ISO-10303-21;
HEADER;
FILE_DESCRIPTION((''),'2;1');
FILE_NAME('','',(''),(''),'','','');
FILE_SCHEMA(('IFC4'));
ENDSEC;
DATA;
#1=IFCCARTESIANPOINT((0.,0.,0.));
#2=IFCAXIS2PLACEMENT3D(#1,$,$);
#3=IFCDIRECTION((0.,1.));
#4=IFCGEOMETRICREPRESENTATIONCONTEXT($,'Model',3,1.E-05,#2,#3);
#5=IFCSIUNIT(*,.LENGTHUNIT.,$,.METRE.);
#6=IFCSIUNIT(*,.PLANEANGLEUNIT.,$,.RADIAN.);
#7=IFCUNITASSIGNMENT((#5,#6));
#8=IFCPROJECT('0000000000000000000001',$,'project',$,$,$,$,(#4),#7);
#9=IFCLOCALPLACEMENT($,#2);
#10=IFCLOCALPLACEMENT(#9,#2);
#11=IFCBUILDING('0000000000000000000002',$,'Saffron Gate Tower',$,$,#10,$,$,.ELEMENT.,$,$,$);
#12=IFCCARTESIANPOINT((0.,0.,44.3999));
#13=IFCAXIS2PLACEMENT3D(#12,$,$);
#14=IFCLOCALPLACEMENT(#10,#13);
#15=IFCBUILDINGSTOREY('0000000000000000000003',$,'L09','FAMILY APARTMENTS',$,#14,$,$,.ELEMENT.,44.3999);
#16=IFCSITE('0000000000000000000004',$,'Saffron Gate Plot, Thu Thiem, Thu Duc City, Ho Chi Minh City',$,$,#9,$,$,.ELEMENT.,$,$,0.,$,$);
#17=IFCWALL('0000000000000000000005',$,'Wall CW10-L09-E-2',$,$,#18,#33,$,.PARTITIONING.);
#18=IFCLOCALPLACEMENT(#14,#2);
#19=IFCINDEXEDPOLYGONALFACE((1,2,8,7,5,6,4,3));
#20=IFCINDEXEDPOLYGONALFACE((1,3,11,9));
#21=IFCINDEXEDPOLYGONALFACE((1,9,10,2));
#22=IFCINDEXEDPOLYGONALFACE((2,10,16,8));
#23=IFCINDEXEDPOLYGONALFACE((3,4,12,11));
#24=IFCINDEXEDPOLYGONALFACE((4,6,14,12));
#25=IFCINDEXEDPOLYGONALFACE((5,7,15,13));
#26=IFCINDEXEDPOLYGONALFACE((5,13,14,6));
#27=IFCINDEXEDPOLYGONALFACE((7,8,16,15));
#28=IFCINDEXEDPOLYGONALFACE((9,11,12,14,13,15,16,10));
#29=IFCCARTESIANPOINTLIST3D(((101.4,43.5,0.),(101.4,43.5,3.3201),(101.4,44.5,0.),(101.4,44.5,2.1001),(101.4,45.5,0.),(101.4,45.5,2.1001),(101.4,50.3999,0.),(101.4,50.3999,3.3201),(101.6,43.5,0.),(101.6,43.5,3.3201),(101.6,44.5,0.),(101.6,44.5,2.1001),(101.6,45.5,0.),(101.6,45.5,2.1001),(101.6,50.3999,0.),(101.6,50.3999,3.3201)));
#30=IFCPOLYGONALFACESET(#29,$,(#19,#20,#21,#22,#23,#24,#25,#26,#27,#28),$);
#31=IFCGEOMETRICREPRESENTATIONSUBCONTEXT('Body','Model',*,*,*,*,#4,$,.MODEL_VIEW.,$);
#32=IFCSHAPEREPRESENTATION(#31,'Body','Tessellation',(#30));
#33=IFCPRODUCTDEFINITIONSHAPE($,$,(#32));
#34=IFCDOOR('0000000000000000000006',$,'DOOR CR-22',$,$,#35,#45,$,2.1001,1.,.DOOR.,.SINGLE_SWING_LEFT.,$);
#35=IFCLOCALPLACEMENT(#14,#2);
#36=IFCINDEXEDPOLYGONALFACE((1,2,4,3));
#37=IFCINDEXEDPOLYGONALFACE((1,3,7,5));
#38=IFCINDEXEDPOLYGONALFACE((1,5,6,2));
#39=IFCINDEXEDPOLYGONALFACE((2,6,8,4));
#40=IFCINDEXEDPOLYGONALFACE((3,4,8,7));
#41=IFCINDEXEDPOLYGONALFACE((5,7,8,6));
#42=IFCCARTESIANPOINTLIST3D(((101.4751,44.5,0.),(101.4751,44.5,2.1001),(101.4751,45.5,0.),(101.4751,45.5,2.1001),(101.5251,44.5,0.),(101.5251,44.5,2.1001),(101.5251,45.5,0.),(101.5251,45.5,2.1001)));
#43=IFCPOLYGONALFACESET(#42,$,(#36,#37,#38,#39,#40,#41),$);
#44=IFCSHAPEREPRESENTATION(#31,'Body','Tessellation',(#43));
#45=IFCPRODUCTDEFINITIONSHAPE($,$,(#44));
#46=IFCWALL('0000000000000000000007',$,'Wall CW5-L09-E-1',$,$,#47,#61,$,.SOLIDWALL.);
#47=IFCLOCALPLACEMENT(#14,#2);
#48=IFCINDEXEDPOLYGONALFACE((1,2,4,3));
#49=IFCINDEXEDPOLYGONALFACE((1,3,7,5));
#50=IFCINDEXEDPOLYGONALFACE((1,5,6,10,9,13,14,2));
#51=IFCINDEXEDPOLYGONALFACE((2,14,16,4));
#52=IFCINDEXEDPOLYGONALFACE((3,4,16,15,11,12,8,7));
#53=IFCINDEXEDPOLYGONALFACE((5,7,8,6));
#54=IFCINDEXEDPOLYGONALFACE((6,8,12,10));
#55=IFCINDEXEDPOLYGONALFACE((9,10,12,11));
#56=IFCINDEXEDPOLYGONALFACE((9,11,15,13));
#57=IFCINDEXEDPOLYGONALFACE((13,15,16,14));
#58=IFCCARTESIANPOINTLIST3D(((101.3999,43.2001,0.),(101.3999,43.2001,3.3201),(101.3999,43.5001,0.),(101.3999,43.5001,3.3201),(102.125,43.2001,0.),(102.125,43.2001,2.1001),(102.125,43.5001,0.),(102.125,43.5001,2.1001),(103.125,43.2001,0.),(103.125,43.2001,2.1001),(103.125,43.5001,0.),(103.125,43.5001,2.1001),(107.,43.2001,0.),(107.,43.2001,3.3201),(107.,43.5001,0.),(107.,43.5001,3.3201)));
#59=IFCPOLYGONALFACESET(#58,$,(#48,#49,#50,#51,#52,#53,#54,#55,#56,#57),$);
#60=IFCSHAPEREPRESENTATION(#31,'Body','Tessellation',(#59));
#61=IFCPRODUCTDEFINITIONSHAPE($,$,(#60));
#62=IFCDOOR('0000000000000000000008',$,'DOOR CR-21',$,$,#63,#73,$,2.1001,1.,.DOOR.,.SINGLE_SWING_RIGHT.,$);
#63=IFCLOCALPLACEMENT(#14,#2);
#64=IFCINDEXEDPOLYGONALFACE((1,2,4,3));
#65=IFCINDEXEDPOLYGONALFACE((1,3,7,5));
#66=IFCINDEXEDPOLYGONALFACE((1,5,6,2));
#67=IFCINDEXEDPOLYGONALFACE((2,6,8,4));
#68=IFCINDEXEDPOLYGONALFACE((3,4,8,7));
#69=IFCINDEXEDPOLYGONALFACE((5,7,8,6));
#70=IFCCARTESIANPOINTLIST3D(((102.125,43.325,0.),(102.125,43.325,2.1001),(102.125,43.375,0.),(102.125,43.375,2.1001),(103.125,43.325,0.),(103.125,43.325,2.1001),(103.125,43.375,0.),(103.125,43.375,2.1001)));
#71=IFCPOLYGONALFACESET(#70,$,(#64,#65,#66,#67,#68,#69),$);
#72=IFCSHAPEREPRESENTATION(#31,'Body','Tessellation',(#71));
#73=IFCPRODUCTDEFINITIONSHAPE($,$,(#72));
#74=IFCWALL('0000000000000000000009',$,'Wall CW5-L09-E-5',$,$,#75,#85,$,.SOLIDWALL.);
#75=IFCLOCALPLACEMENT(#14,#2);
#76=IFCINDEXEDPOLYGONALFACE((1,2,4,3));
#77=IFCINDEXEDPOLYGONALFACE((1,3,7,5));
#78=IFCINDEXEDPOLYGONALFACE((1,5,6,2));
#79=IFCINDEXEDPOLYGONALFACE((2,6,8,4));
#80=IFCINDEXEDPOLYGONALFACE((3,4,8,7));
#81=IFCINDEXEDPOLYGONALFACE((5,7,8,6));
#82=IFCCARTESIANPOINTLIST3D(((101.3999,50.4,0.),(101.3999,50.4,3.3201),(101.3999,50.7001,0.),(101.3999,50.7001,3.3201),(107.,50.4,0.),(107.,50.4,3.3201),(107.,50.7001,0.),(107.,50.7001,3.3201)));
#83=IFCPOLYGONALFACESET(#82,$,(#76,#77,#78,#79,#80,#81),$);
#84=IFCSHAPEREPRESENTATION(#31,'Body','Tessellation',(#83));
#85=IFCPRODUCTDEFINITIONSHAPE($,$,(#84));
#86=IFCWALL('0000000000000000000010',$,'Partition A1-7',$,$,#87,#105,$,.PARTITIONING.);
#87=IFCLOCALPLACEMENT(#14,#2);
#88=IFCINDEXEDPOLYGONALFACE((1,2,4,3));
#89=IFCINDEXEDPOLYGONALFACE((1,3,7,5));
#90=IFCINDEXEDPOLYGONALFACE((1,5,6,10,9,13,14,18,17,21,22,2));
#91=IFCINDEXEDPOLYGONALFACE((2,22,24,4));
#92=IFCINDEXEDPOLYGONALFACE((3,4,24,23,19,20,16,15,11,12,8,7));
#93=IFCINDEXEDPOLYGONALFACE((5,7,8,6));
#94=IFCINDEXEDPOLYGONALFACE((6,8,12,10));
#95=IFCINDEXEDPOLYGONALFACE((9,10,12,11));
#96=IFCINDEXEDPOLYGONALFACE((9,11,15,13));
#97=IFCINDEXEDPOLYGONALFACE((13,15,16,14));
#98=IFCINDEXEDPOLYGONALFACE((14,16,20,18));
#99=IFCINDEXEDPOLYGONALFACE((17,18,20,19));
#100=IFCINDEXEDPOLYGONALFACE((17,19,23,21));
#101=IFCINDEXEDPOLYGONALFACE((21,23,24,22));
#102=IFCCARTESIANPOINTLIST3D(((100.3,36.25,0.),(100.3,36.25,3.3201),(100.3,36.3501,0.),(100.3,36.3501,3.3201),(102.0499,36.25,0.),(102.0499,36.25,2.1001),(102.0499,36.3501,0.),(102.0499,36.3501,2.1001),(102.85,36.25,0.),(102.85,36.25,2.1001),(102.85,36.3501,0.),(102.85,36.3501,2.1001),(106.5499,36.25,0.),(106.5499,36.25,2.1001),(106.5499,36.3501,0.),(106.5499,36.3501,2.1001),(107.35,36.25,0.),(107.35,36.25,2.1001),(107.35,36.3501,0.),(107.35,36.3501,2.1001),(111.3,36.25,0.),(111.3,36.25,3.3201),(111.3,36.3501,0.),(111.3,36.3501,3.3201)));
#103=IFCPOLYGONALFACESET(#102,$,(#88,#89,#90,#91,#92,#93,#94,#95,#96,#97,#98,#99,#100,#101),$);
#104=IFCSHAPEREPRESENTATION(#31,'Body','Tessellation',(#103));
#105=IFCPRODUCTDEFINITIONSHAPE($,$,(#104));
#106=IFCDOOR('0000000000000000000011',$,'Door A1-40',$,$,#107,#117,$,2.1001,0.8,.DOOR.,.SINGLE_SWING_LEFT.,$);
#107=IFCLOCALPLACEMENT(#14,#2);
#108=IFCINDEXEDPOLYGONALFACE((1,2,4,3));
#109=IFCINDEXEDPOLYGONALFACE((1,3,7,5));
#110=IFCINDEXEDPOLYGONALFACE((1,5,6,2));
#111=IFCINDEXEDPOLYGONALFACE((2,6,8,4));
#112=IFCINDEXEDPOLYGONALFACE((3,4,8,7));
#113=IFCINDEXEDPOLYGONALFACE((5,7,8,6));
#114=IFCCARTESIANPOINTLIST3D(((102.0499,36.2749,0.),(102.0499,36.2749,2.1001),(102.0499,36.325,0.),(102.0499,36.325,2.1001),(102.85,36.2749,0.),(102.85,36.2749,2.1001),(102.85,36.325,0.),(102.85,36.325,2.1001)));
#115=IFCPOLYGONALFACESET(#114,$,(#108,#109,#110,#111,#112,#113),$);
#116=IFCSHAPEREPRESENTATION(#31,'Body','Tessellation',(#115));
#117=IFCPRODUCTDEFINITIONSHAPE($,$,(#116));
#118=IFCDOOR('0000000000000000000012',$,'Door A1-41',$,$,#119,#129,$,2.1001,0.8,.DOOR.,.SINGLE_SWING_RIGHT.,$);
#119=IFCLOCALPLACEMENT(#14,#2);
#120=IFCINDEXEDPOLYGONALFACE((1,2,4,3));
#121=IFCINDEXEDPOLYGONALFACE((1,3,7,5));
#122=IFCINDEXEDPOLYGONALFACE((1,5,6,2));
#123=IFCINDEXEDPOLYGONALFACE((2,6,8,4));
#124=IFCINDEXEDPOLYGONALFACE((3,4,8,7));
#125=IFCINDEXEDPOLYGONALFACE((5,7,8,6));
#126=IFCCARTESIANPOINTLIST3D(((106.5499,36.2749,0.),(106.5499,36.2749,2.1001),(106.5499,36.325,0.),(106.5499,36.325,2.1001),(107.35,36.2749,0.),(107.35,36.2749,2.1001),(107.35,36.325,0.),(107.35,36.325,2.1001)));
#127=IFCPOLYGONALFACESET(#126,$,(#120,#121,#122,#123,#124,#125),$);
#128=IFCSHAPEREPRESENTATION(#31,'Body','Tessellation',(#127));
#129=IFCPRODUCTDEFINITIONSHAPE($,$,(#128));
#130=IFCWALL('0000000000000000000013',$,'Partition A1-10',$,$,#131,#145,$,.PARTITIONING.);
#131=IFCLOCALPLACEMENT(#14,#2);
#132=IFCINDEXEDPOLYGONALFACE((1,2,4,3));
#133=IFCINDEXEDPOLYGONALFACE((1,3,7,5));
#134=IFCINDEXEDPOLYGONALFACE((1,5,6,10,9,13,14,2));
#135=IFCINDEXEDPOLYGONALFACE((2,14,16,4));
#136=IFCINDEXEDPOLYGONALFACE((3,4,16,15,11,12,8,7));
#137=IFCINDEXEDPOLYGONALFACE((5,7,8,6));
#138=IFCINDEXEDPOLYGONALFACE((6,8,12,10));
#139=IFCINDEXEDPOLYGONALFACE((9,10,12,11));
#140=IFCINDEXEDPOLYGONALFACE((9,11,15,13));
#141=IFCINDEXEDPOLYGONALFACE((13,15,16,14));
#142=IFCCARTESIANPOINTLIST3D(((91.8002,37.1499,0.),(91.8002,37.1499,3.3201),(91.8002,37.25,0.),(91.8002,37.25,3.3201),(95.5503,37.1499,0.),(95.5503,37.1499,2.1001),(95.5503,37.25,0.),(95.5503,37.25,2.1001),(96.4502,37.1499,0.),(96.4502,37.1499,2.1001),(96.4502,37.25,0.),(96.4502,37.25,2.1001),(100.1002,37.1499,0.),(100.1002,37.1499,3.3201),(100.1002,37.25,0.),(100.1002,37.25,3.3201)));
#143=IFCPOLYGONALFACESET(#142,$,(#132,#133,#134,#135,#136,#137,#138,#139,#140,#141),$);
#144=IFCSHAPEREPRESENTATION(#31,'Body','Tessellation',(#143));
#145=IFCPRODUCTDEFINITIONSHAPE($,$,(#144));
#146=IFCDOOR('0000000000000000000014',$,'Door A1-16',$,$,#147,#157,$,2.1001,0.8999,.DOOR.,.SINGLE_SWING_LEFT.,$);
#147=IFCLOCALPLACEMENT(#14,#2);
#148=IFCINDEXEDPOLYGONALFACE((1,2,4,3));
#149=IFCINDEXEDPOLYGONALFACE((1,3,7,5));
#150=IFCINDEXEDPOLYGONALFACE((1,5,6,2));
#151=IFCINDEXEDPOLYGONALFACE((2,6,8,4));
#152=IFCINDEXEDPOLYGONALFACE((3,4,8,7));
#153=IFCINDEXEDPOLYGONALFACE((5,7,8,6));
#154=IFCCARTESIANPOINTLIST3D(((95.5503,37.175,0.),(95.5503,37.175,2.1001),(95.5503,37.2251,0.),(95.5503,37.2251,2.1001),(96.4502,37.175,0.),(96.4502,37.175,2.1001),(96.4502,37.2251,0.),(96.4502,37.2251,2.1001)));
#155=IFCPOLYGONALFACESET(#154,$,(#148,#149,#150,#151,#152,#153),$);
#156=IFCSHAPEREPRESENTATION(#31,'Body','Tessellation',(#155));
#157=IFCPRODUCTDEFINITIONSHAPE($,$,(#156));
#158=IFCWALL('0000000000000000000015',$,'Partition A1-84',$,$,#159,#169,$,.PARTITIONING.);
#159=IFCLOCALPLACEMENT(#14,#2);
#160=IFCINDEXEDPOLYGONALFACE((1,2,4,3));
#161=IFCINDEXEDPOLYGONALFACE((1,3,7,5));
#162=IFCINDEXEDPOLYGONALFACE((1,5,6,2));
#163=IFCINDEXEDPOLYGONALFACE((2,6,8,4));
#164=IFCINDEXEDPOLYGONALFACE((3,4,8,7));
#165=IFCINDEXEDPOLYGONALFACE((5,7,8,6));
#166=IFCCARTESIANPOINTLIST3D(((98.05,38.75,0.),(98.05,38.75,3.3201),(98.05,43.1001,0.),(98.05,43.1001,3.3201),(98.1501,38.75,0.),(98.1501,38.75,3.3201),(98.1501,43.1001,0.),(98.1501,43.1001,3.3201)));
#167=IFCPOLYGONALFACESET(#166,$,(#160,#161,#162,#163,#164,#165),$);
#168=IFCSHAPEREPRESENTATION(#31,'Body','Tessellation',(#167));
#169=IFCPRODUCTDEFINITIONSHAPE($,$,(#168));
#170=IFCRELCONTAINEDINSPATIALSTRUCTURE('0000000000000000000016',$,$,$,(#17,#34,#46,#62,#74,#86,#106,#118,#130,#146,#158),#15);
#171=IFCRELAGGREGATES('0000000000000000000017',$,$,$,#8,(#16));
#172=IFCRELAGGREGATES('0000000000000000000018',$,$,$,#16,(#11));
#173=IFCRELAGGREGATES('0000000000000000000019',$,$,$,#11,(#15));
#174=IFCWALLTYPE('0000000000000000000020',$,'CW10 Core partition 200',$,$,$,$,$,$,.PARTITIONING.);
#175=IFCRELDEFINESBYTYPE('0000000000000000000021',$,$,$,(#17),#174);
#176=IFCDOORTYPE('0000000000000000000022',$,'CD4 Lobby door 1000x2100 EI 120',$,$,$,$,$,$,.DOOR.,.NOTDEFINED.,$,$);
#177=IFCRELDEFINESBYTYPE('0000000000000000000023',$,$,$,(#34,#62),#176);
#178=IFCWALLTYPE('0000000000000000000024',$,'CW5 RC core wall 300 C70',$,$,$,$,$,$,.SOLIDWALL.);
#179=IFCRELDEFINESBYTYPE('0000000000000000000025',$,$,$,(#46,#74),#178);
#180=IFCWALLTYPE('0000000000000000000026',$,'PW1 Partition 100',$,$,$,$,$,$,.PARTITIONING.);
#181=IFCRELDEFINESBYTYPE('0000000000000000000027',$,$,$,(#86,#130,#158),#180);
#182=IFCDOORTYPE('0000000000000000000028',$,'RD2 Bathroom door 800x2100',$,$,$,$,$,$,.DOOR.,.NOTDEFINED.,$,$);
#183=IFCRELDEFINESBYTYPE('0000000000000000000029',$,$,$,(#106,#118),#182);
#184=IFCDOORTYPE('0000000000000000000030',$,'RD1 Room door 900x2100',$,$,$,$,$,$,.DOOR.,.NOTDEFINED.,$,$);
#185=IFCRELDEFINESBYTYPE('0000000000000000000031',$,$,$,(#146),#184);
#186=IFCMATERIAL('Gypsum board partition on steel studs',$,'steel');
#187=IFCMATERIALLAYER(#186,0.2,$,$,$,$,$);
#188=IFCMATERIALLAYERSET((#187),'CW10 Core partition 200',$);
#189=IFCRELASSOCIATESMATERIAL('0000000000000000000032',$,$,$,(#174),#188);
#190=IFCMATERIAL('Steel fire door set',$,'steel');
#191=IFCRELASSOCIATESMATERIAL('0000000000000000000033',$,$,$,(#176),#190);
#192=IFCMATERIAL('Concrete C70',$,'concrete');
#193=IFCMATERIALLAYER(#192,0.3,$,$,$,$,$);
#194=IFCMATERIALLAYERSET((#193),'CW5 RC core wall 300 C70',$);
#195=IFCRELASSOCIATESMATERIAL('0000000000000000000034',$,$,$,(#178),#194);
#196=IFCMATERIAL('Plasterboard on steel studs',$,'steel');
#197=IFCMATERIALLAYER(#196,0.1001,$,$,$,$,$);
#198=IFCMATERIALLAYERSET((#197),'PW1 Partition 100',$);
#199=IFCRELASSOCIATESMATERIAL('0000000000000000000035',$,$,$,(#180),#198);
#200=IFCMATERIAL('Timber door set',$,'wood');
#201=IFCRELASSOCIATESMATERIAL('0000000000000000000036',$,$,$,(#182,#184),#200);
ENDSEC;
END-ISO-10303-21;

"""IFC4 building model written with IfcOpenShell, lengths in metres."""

from ifc_helpers import new_model, si_unit, direction, frame, frame_2d, origin, place, context, subcontext, project, spatial, rectangle, extrude, material, layer, layer_set, type_object, element, fill, save


model = new_model("IFC4")

# Units and contexts
model_context = context("Model", 3, precision=1e-05, world=origin(), true_north=direction((0.0, 1.0)))
body_context = subcontext(model_context, "Body", "Model", "MODEL_VIEW")
ifc_project = project(units=[si_unit("LENGTHUNIT", "METRE"), si_unit("PLANEANGLEUNIT", "RADIAN")], contexts=[model_context])

# Site, building, storey
site_placement = place(None, origin())
site = spatial("IfcSite", under=ifc_project, at=site_placement, Name="Saffron Gate Plot, Thu Thiem, Thu Duc City, Ho Chi Minh City", CompositionType="ELEMENT", RefElevation=0.0)
building_placement = place(site_placement, origin())
building = spatial("IfcBuilding", under=site, at=building_placement, Name="Saffron Gate Tower", CompositionType="ELEMENT")
storey_placement = place(building_placement, frame((0.0, 0.0, 44.3999)))
storey = spatial("IfcBuildingStorey", under=building, at=storey_placement, Name="L09", Description="FAMILY APARTMENTS", CompositionType="ELEMENT", Elevation=44.3999)

# Walls, openings, doors
ifc_material_1 = material(Name="Gypsum board partition on steel studs", Category="steel")
ifc_layer_1 = layer(ifc_material_1, 0.2)
ifc_layer_set_1 = layer_set([ifc_layer_1], Name="CW10 Core partition 200")
wall_type_1 = type_object("IfcWallType", Name="CW10 Core partition 200", PredefinedType="PARTITIONING", material=ifc_layer_set_1)
wall_1_placement = place(storey_placement, frame((101.5, 43.5, 0.0), z_axis=(0.0, 0.0, 1.0), x_axis=(0.0, 1.0, 0.0)))
wall_1 = element("IfcWall", 1, at=wall_1_placement, inside=storey, type_object=wall_type_1, Name="Wall CW10-L09-E-2", PredefinedType="PARTITIONING", context=body_context, shape_type="SweptSolid", body=[
    extrude(rectangle(XDim=6.8999, YDim=0.2, at=frame_2d((3.45, 0.0))), origin(), (0.0, 0.0, 1.0), 3.3201),
])
opening_1_placement = place(wall_1_placement, frame((1.0, 0.0, 0.0)))
opening_1 = element("IfcOpeningElement", 2, at=opening_1_placement, cuts=wall_1, PredefinedType="OPENING", context=body_context, shape_type="SweptSolid", body=[
    extrude(rectangle(XDim=1.0, YDim=2.1001, at=frame_2d((0.5, 1.05))), frame((0.0, 0.1099, 0.0), z_axis=(0.0, -1.0, 0.0), x_axis=(1.0, 0.0, 0.0)), (0.0, 0.0, 1.0), 0.22),
])
ifc_material_2 = material(Name="Steel fire door set", Category="steel")
door_type_1 = type_object("IfcDoorType", Name="CD4 Lobby door 1000x2100 EI 120", OperationType="NOTDEFINED", PredefinedType="DOOR", material=ifc_material_2)
door_1_placement = place(opening_1_placement, origin())
door_1 = element("IfcDoor", 3, at=door_1_placement, inside=storey, type_object=door_type_1, Name="DOOR CR-22", OperationType="SINGLE_SWING_LEFT", OverallHeight=2.1001, OverallWidth=1.0, PredefinedType="DOOR", context=body_context, shape_type="SweptSolid", body=[
    extrude(rectangle(XDim=1.0, YDim=2.1001, at=frame_2d((0.5, 1.05))), frame((0.0, 0.0249, 0.0), z_axis=(0.0, -1.0, 0.0), x_axis=(1.0, 0.0, 0.0)), (0.0, 0.0, 1.0), 0.05),
])
fill(opening_1, door_1)
ifc_material_3 = material(Name="Concrete C70", Category="concrete")
ifc_layer_2 = layer(ifc_material_3, 0.3)
ifc_layer_set_2 = layer_set([ifc_layer_2], Name="CW5 RC core wall 300 C70")
wall_type_2 = type_object("IfcWallType", Name="CW5 RC core wall 300 C70", PredefinedType="SOLIDWALL", material=ifc_layer_set_2)
wall_2_placement = place(storey_placement, frame((101.3999, 43.3501, 0.0), z_axis=(0.0, 0.0, 1.0), x_axis=(1.0, 0.0, 0.0)))
wall_2 = element("IfcWall", 4, at=wall_2_placement, inside=storey, type_object=wall_type_2, Name="Wall CW5-L09-E-1", PredefinedType="SOLIDWALL", context=body_context, shape_type="SweptSolid", body=[
    extrude(rectangle(XDim=5.6001, YDim=0.3, at=frame_2d((2.8, 0.0))), origin(), (0.0, 0.0, 1.0), 3.3201),
])
opening_2_placement = place(wall_2_placement, frame((0.7251, 0.0, 0.0)))
opening_2 = element("IfcOpeningElement", 5, at=opening_2_placement, cuts=wall_2, PredefinedType="OPENING", context=body_context, shape_type="SweptSolid", body=[
    extrude(rectangle(XDim=1.0, YDim=2.1001, at=frame_2d((0.5, 1.05))), frame((0.0, 0.1602, 0.0), z_axis=(0.0, -1.0, 0.0), x_axis=(1.0, 0.0, 0.0)), (0.0, 0.0, 1.0), 0.3201),
])
door_2_placement = place(opening_2_placement, origin())
door_2 = element("IfcDoor", 6, at=door_2_placement, inside=storey, type_object=door_type_1, Name="DOOR CR-21", OperationType="SINGLE_SWING_RIGHT", OverallHeight=2.1001, OverallWidth=1.0, PredefinedType="DOOR", context=body_context, shape_type="SweptSolid", body=[
    extrude(rectangle(XDim=1.0, YDim=2.1001, at=frame_2d((0.5, 1.05))), frame((0.0, 0.0249, 0.0), z_axis=(0.0, -1.0, 0.0), x_axis=(1.0, 0.0, 0.0)), (0.0, 0.0, 1.0), 0.05),
])
fill(opening_2, door_2)

# Wall
wall_3_placement = place(storey_placement, frame((101.3999, 50.55, 0.0), z_axis=(0.0, 0.0, 1.0), x_axis=(1.0, 0.0, 0.0)))
element("IfcWall", 7, at=wall_3_placement, inside=storey, type_object=wall_type_2, Name="Wall CW5-L09-E-5", PredefinedType="SOLIDWALL", context=body_context, shape_type="SweptSolid", body=[
    extrude(rectangle(XDim=5.6001, YDim=0.3, at=frame_2d((2.8, 0.0))), origin(), (0.0, 0.0, 1.0), 3.3201),
])

# Wall, openings, doors
ifc_material_4 = material(Name="Plasterboard on steel studs", Category="steel")
ifc_layer_3 = layer(ifc_material_4, 0.1001)
ifc_layer_set_3 = layer_set([ifc_layer_3], Name="PW1 Partition 100")
wall_type_3 = type_object("IfcWallType", Name="PW1 Partition 100", PredefinedType="PARTITIONING", material=ifc_layer_set_3)
wall_4_placement = place(storey_placement, frame((100.3, 36.3, 0.0), z_axis=(0.0, 0.0, 1.0), x_axis=(1.0, 0.0, 0.0)))
wall_4 = element("IfcWall", 8, at=wall_4_placement, inside=storey, type_object=wall_type_3, Name="Partition A1-7", PredefinedType="PARTITIONING", context=body_context, shape_type="SweptSolid", body=[
    extrude(rectangle(XDim=11.0, YDim=0.1001, at=frame_2d((5.5, 0.0))), origin(), (0.0, 0.0, 1.0), 3.3201),
])
opening_3_placement = place(wall_4_placement, frame((1.75, 0.0, 0.0)))
opening_3 = element("IfcOpeningElement", 9, at=opening_3_placement, cuts=wall_4, PredefinedType="OPENING", context=body_context, shape_type="SweptSolid", body=[
    extrude(rectangle(XDim=0.8, YDim=2.1001, at=frame_2d((0.3999, 1.05))), frame((0.0, 0.0601, 0.0), z_axis=(0.0, -1.0, 0.0), x_axis=(1.0, 0.0, 0.0)), (0.0, 0.0, 1.0), 0.1201),
])
opening_4_placement = place(wall_4_placement, frame((6.25, 0.0, 0.0)))
opening_4 = element("IfcOpeningElement", 10, at=opening_4_placement, cuts=wall_4, PredefinedType="OPENING", context=body_context, shape_type="SweptSolid", body=[
    extrude(rectangle(XDim=0.8, YDim=2.1001, at=frame_2d((0.3999, 1.05))), frame((0.0, 0.0601, 0.0), z_axis=(0.0, -1.0, 0.0), x_axis=(1.0, 0.0, 0.0)), (0.0, 0.0, 1.0), 0.1201),
])
ifc_material_5 = material(Name="Timber door set", Category="wood")
door_type_2 = type_object("IfcDoorType", Name="RD2 Bathroom door 800x2100", OperationType="NOTDEFINED", PredefinedType="DOOR", material=ifc_material_5)
door_3_placement = place(opening_3_placement, origin())
door_3 = element("IfcDoor", 11, at=door_3_placement, inside=storey, type_object=door_type_2, Name="Door A1-40", OperationType="SINGLE_SWING_LEFT", OverallHeight=2.1001, OverallWidth=0.8, PredefinedType="DOOR", context=body_context, shape_type="SweptSolid", body=[
    extrude(rectangle(XDim=0.8, YDim=2.1001, at=frame_2d((0.3999, 1.05))), frame((0.0, 0.0249, 0.0), z_axis=(0.0, -1.0, 0.0), x_axis=(1.0, 0.0, 0.0)), (0.0, 0.0, 1.0), 0.05),
])
fill(opening_3, door_3)
door_4_placement = place(opening_4_placement, origin())
door_4 = element("IfcDoor", 12, at=door_4_placement, inside=storey, type_object=door_type_2, Name="Door A1-41", OperationType="SINGLE_SWING_RIGHT", OverallHeight=2.1001, OverallWidth=0.8, PredefinedType="DOOR", context=body_context, shape_type="SweptSolid", body=[
    extrude(rectangle(XDim=0.8, YDim=2.1001, at=frame_2d((0.3999, 1.05))), frame((0.0, 0.0249, 0.0), z_axis=(0.0, -1.0, 0.0), x_axis=(1.0, 0.0, 0.0)), (0.0, 0.0, 1.0), 0.05),
])
fill(opening_4, door_4)

# Wall, opening, door
wall_5_placement = place(storey_placement, frame((100.1001, 37.2, 0.0), z_axis=(0.0, 0.0, 1.0), x_axis=(-1.0, 0.0, 0.0)))
wall_5 = element("IfcWall", 13, at=wall_5_placement, inside=storey, type_object=wall_type_3, Name="Partition A1-10", PredefinedType="PARTITIONING", context=body_context, shape_type="SweptSolid", body=[
    extrude(rectangle(XDim=8.3, YDim=0.1001, at=frame_2d((4.1499, 0.0))), origin(), (0.0, 0.0, 1.0), 3.3201),
])
opening_5_placement = place(wall_5_placement, frame((3.6499, 0.0, 0.0)))
opening_5 = element("IfcOpeningElement", 14, at=opening_5_placement, cuts=wall_5, PredefinedType="OPENING", context=body_context, shape_type="SweptSolid", body=[
    extrude(rectangle(XDim=0.8999, YDim=2.1001, at=frame_2d((0.45, 1.05))), frame((0.0, 0.0601, 0.0), z_axis=(0.0, -1.0, 0.0), x_axis=(1.0, 0.0, 0.0)), (0.0, 0.0, 1.0), 0.1201),
])
door_type_3 = type_object("IfcDoorType", Name="RD1 Room door 900x2100", OperationType="NOTDEFINED", PredefinedType="DOOR", material=ifc_material_5)
door_5_placement = place(opening_5_placement, origin())
door_5 = element("IfcDoor", 15, at=door_5_placement, inside=storey, type_object=door_type_3, Name="Door A1-16", OperationType="SINGLE_SWING_LEFT", OverallHeight=2.1001, OverallWidth=0.8999, PredefinedType="DOOR", context=body_context, shape_type="SweptSolid", body=[
    extrude(rectangle(XDim=0.8999, YDim=2.1001, at=frame_2d((0.45, 1.05))), frame((0.0, 0.0249, 0.0), z_axis=(0.0, -1.0, 0.0), x_axis=(1.0, 0.0, 0.0)), (0.0, 0.0, 1.0), 0.05),
])
fill(opening_5, door_5)

# Wall
wall_6_placement = place(storey_placement, frame((98.1001, 43.1001, 0.0), z_axis=(0.0, 0.0, 1.0), x_axis=(0.0, -1.0, 0.0)))
element("IfcWall", 16, at=wall_6_placement, inside=storey, type_object=wall_type_3, Name="Partition A1-84", PredefinedType="PARTITIONING", context=body_context, shape_type="SweptSolid", body=[
    extrude(rectangle(XDim=4.3501, YDim=0.1001, at=frame_2d((2.175, 0.0))), origin(), (0.0, 0.0, 1.0), 3.3201),
])

save(model, "model.ifc")
